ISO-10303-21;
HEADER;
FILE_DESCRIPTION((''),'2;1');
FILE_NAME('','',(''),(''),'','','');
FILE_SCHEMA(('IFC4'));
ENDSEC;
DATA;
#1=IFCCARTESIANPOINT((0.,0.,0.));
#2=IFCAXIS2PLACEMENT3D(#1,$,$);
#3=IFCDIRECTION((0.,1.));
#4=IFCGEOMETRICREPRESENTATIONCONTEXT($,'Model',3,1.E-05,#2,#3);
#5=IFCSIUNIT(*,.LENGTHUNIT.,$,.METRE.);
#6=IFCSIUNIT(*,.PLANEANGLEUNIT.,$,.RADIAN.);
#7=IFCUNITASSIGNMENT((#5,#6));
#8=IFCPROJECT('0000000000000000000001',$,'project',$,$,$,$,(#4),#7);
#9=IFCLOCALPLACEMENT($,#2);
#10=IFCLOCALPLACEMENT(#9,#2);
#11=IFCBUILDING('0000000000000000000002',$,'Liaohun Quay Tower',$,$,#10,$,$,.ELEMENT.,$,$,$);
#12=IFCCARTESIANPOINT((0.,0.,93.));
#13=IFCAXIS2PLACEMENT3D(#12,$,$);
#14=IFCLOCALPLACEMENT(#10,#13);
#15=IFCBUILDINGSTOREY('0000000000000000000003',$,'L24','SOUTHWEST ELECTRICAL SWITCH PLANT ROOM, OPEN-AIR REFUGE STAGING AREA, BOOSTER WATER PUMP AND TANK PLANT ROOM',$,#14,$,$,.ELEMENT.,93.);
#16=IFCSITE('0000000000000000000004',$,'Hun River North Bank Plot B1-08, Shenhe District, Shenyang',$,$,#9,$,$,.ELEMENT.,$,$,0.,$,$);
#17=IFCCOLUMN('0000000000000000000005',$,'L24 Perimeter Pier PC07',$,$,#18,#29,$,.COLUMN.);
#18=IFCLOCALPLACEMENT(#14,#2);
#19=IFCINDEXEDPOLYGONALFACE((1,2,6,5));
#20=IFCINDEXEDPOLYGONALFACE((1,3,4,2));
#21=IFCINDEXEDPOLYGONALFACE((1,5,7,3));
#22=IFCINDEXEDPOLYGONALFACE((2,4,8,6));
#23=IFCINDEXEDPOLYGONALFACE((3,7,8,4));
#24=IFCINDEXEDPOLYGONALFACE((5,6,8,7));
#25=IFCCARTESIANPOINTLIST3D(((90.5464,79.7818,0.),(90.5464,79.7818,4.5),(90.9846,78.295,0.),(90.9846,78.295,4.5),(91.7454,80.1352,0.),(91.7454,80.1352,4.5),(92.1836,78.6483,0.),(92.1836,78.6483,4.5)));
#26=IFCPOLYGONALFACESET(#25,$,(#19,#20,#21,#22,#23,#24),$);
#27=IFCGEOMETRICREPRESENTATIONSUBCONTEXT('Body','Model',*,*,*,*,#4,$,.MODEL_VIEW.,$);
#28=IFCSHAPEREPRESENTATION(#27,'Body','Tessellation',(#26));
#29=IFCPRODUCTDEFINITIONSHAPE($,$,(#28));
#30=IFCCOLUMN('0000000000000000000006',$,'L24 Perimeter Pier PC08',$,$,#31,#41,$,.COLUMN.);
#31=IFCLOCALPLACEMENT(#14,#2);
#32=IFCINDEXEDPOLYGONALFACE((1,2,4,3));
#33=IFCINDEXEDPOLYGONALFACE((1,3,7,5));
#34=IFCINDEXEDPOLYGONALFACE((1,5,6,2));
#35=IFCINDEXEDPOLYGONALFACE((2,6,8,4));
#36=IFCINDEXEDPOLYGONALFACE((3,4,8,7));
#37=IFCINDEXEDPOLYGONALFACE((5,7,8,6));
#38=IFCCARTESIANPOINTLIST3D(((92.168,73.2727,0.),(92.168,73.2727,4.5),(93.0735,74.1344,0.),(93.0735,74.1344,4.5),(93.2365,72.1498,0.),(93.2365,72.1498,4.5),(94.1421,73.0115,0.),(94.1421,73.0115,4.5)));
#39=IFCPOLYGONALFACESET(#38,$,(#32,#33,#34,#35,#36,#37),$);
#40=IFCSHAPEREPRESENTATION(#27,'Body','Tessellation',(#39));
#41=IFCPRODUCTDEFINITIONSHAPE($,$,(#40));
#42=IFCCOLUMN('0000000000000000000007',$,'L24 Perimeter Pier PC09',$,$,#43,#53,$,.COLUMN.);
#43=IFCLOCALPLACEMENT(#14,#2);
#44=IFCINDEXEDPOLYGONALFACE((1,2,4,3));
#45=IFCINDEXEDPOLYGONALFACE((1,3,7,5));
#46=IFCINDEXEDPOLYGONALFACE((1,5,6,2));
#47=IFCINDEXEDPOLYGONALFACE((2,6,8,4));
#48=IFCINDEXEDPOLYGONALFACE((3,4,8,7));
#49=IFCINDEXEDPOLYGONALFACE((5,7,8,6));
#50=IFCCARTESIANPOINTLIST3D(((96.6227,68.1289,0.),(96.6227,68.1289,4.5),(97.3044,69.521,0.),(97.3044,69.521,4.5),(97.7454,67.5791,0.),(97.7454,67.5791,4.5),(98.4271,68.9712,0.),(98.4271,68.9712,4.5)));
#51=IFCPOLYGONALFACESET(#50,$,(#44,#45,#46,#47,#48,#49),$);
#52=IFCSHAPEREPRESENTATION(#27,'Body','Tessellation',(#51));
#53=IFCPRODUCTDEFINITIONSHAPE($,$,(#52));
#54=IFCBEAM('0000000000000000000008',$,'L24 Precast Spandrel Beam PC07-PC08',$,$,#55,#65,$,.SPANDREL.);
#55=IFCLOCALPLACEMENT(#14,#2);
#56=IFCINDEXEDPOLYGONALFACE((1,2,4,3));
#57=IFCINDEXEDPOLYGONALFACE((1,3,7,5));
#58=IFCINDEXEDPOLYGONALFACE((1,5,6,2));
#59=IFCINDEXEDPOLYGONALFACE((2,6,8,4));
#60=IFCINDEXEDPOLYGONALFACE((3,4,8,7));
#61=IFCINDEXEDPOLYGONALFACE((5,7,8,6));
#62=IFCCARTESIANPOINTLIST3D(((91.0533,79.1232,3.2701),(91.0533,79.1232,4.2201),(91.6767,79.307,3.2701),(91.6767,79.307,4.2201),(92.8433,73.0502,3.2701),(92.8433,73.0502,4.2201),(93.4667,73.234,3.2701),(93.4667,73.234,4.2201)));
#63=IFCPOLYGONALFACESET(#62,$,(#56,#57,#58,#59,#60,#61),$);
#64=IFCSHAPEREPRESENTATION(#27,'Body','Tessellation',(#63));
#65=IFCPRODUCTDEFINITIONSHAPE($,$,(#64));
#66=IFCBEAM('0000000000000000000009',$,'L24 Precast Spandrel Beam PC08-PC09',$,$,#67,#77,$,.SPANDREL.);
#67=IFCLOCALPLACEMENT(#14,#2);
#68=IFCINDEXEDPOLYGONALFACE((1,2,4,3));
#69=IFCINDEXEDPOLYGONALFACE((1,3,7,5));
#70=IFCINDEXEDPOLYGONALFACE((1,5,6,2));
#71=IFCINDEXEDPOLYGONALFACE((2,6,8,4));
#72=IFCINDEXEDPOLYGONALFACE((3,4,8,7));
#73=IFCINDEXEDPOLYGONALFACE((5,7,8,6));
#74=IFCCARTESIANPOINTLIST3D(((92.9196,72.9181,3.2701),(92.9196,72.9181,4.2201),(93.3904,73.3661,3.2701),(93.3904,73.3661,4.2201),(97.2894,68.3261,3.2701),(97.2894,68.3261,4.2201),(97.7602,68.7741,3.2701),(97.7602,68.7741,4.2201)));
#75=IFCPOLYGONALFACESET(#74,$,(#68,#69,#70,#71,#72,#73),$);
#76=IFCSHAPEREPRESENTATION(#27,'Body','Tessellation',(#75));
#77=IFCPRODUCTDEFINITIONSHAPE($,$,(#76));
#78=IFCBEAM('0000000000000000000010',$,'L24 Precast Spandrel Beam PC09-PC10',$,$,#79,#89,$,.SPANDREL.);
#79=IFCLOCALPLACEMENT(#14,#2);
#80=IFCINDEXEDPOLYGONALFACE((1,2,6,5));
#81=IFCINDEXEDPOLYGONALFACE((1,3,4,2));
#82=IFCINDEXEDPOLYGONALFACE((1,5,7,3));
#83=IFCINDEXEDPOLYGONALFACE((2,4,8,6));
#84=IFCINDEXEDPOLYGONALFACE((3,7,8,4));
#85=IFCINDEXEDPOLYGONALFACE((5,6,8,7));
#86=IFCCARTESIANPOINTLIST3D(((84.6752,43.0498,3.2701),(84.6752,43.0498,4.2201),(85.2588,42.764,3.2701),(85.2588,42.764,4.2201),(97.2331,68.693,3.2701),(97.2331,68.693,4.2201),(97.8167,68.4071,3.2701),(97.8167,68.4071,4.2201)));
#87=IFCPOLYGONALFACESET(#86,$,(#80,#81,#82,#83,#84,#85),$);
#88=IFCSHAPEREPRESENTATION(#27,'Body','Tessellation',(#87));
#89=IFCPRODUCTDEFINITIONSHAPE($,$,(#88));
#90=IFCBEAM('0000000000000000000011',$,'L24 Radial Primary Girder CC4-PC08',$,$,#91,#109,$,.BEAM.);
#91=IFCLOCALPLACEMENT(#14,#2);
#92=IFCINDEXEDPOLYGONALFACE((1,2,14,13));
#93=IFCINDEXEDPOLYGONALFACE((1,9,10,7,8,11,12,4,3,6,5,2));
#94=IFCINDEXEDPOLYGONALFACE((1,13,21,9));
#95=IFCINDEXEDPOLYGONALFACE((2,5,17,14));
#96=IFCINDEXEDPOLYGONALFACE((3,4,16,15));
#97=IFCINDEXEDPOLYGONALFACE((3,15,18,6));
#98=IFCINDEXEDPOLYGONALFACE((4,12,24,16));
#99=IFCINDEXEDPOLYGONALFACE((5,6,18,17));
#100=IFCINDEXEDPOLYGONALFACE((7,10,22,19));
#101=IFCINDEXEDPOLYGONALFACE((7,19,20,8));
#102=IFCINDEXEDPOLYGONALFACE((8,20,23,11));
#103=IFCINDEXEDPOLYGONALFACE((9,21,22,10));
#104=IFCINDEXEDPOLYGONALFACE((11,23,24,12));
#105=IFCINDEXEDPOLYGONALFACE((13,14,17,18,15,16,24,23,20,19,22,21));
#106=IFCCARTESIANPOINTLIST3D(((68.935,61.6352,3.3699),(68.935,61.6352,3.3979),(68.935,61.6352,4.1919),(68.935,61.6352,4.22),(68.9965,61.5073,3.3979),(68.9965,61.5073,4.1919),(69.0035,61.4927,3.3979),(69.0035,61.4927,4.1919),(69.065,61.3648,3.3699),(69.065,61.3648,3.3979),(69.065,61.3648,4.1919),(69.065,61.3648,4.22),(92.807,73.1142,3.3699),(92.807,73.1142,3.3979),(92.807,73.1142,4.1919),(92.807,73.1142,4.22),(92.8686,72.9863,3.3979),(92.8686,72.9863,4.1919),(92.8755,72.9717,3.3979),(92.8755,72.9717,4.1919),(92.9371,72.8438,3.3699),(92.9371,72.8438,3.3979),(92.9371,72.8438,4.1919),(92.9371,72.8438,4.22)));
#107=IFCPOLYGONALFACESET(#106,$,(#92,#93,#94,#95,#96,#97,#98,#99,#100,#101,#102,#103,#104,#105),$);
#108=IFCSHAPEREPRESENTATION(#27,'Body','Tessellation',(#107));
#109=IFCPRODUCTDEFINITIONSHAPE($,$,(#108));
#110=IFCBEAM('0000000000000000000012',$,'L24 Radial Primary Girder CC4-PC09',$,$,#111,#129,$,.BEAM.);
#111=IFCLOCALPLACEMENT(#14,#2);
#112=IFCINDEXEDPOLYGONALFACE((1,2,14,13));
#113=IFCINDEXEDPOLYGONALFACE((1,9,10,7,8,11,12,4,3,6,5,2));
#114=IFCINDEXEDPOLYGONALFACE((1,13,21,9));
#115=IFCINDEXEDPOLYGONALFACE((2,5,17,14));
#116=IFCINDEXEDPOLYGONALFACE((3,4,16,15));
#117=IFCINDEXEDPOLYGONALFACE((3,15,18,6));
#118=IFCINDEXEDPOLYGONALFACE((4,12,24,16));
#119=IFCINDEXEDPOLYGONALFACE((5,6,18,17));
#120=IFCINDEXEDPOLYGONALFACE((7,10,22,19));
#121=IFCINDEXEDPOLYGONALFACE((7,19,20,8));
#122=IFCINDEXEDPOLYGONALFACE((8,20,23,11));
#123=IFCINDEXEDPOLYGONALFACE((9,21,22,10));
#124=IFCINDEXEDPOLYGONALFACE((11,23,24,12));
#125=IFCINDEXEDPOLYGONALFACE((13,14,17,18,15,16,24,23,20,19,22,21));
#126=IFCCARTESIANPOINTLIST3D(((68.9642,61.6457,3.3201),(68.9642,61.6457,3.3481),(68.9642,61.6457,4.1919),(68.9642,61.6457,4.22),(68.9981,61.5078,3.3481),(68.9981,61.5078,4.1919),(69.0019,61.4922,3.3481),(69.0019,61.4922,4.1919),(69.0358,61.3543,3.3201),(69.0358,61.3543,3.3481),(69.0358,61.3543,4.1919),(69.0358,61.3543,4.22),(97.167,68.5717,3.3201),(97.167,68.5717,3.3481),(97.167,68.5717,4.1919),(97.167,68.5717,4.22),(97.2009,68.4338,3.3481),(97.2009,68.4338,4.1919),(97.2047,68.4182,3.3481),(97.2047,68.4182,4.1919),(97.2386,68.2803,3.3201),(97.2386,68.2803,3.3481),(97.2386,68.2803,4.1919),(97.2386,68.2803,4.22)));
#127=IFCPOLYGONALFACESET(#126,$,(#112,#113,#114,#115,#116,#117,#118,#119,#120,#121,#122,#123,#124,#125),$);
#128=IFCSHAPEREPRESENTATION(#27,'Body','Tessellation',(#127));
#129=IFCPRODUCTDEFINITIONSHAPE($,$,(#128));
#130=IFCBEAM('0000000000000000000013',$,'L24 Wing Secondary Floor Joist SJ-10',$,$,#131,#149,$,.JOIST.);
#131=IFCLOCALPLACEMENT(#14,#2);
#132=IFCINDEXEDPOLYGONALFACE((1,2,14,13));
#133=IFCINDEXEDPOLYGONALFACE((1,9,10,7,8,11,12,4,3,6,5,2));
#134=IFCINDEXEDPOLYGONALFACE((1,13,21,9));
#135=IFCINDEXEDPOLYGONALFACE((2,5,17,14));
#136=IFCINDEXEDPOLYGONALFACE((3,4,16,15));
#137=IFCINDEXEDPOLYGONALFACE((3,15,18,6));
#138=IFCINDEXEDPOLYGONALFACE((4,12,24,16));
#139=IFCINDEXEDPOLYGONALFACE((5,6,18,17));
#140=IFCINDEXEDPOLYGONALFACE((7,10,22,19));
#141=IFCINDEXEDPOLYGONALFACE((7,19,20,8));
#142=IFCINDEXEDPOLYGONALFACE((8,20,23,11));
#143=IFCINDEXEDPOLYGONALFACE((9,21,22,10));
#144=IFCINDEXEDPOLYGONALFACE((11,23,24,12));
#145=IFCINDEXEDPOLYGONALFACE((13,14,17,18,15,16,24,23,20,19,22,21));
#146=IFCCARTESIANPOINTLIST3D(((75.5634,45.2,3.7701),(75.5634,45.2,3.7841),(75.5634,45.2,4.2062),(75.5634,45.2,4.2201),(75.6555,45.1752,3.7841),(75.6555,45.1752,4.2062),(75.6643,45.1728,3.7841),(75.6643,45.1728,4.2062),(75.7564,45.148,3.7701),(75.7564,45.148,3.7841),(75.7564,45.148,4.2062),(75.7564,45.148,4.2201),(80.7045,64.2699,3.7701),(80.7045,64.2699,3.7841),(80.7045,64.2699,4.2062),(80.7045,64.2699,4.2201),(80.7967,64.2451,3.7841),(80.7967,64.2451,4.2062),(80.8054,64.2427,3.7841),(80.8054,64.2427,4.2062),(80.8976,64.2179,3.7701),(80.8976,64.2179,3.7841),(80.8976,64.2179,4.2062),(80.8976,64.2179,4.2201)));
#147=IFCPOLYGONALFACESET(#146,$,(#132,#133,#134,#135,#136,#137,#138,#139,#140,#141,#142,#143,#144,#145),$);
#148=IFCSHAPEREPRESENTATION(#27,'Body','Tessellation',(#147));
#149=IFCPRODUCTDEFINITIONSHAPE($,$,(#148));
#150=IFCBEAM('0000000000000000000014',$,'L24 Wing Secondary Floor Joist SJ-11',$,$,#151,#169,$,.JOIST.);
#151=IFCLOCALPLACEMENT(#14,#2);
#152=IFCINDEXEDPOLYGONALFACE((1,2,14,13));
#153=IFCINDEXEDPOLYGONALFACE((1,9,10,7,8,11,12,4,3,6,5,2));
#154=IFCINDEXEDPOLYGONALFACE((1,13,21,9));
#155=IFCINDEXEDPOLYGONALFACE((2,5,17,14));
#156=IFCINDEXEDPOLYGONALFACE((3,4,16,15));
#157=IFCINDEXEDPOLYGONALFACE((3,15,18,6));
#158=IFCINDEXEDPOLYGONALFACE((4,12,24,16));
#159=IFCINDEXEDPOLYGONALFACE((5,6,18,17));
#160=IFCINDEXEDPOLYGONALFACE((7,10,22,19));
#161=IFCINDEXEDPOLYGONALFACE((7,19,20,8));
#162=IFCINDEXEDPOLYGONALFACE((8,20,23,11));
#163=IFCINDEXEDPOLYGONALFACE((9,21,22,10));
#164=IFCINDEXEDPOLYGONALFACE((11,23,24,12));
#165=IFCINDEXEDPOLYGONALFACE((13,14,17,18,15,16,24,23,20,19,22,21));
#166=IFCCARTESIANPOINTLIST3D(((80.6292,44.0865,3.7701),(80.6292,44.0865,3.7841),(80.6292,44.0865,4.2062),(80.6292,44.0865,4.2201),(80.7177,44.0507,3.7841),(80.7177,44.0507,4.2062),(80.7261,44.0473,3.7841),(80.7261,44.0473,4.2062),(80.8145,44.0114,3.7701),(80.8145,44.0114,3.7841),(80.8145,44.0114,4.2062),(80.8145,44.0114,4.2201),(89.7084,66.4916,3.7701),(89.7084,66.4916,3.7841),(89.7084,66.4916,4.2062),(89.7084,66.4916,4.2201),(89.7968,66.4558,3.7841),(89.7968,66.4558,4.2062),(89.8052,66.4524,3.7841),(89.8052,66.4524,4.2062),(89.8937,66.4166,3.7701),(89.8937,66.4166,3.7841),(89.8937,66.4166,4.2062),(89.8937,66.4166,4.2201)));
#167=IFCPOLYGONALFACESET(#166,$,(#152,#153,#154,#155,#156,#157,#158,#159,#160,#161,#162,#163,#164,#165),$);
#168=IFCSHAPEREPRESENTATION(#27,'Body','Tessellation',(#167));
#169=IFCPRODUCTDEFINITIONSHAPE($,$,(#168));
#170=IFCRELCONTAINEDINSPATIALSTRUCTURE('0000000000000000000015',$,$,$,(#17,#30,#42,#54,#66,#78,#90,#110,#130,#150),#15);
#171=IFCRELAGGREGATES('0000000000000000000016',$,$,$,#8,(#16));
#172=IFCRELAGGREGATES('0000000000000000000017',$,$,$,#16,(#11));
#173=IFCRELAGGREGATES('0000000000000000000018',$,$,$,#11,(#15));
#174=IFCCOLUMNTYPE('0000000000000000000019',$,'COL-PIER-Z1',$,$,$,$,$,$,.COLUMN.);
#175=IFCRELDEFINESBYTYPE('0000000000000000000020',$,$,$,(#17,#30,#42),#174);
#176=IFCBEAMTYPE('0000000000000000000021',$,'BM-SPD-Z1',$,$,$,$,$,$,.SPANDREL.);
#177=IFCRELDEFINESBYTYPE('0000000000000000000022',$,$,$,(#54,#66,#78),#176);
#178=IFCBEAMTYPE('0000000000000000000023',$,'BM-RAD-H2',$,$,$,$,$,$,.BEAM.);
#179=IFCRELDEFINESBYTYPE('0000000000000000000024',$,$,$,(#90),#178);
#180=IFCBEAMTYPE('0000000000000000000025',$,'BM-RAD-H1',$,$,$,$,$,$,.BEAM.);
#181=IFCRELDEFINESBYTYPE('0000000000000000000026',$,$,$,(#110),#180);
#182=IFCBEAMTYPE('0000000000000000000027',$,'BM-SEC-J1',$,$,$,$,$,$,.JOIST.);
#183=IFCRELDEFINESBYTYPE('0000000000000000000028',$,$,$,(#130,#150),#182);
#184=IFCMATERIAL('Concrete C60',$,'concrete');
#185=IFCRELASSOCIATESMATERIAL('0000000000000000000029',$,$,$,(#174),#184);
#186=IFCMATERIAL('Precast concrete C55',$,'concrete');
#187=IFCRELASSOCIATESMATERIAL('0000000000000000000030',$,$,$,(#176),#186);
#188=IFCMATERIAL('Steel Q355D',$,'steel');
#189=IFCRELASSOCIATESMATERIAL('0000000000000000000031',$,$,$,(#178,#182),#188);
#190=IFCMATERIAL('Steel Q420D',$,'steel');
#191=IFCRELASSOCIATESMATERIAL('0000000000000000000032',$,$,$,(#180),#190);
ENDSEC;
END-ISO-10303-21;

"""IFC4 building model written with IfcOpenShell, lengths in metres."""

from ifc_helpers import new_model, si_unit, direction, frame, origin, origin_2d, place, context, subcontext, project, spatial, rectangle, i_section, extrude, source, transform, mapped, material, material_profile, profile_set, type_object, element, save


model = new_model("IFC4")

# Units and contexts
model_context = context("Model", 3, precision=1e-05, world=origin(), true_north=direction((0.0, 1.0)))
body_context = subcontext(model_context, "Body", "Model", "MODEL_VIEW")
ifc_project = project(units=[si_unit("LENGTHUNIT", "METRE"), si_unit("PLANEANGLEUNIT", "RADIAN")], contexts=[model_context])

# Site, building, storey
site_placement = place(None, origin())
site = spatial("IfcSite", under=ifc_project, at=site_placement, Name="Hun River North Bank Plot B1-08, Shenhe District, Shenyang", CompositionType="ELEMENT", RefElevation=0.0)
building_placement = place(site_placement, origin())
building = spatial("IfcBuilding", under=site, at=building_placement, Name="Liaohun Quay Tower", CompositionType="ELEMENT")
storey_placement = place(building_placement, frame((0.0, 0.0, 93.0)))
storey = spatial("IfcBuildingStorey", under=building, at=storey_placement, Name="L24", Description="SOUTHWEST ELECTRICAL SWITCH PLANT ROOM, OPEN-AIR REFUGE STAGING AREA, BOOSTER WATER PUMP AND TANK PLANT ROOM", CompositionType="ELEMENT", Elevation=93.0)

# Columns
ifc_material_1 = material(Name="Concrete C60", Category="concrete")
ifc_material_profile_1 = material_profile(ifc_material_1, rectangle(XDim=1.55, YDim=1.25, at=origin_2d()), Name="RC1550x1250")
ifc_profile_set_1 = profile_set([ifc_material_profile_1], Name="Concrete C60")
column_type = type_object("IfcColumnType", Name="COL-PIER-Z1", PredefinedType="COLUMN", material=ifc_profile_set_1)
shared_shape_1 = source(origin(), body_context, "Body", "SweptSolid", [
    extrude(rectangle(XDim=1.55, YDim=1.25, at=origin_2d()), origin(), (0.0, 0.0, 1.0), 4.5),
])
for number, where, z_axis, x_axis, name in (
    (1, (91.365, 79.2151, 0.0), (0.0, 0.0, 1.0), (-0.282676, 0.959215, 0.0), "L24 Perimeter Pier PC07"),
    (2, (93.155, 73.1421, 0.0), (0.0, 0.0, 1.0), (-0.689367, 0.724413, 0.0), "L24 Perimeter Pier PC08"),
    (3, (97.5249, 68.55, 0.0), (0.0, 0.0, 1.0), (0.439782, 0.898104, 0.0), "L24 Perimeter Pier PC09"),
):
    element("IfcColumn", number, at=place(storey_placement, frame(where, z_axis=z_axis, x_axis=x_axis)), inside=storey, type_object=column_type, Name=name, PredefinedType="COLUMN", context=body_context, shape_type="MappedRepresentation", body=[
        mapped(shared_shape_1, transform((0.0, 0.0, 0.0), x_axis=(1.0, 0.0, 0.0), y_axis=(0.0, 1.0, 0.0), z_axis=(0.0, 0.0, 1.0), scale=1.0)),
    ])

# Beams
ifc_material_2 = material(Name="Precast concrete C55", Category="concrete")
ifc_material_profile_2 = material_profile(ifc_material_2, rectangle(XDim=0.6499, YDim=0.95, at=origin_2d()), Name="RC650x950")
ifc_profile_set_2 = profile_set([ifc_material_profile_2], Name="Precast concrete C55")
beam_type_1 = type_object("IfcBeamType", Name="BM-SPD-Z1", PredefinedType="SPANDREL", material=ifc_profile_set_2)
shared_shape_2 = source(origin(), body_context, "Body", "SweptSolid", [
    extrude(rectangle(XDim=0.6499, YDim=0.95, at=origin_2d()), origin(), (0.0, 0.0, 1.0), 6.3313),
])
beam_1_placement = place(storey_placement, frame((91.365, 79.2151, 3.7451), z_axis=(0.282728, -0.9592, 0.0), x_axis=(0.9592, 0.282728, 0.0)))
element("IfcBeam", 4, at=beam_1_placement, inside=storey, type_object=beam_type_1, Name="L24 Precast Spandrel Beam PC07-PC08", PredefinedType="SPANDREL", context=body_context, shape_type="MappedRepresentation", body=[
    mapped(shared_shape_2, transform((0.0, 0.0, 0.0), x_axis=(1.0, 0.0, 0.0), y_axis=(0.0, 1.0, 0.0), z_axis=(0.0, 0.0, 1.0), scale=1.0)),
])
shared_shape_3 = source(origin(), body_context, "Body", "SweptSolid", [
    extrude(rectangle(XDim=0.6499, YDim=0.95, at=origin_2d()), origin(), (0.0, 0.0, 1.0), 6.3389),
])
beam_2_placement = place(storey_placement, frame((93.155, 73.1421, 3.7451), z_axis=(0.689366, -0.724414, 0.0), x_axis=(0.724414, 0.689366, 0.0)))
element("IfcBeam", 5, at=beam_2_placement, inside=storey, type_object=beam_type_1, Name="L24 Precast Spandrel Beam PC08-PC09", PredefinedType="SPANDREL", context=body_context, shape_type="MappedRepresentation", body=[
    mapped(shared_shape_3, transform((0.0, 0.0, 0.0), x_axis=(1.0, 0.0, 0.0), y_axis=(0.0, 1.0, 0.0), z_axis=(0.0, 0.0, 1.0), scale=1.0)),
])
shared_shape_4 = source(origin(), body_context, "Body", "SweptSolid", [
    extrude(rectangle(XDim=0.6499, YDim=0.95, at=origin_2d()), origin(), (0.0, 0.0, 1.0), 28.553),
])
beam_3_placement = place(storey_placement, frame((97.5249, 68.55, 3.7451), z_axis=(-0.439811, -0.89809, 0.0), x_axis=(0.89809, -0.439811, 0.0)))
element("IfcBeam", 6, at=beam_3_placement, inside=storey, type_object=beam_type_1, Name="L24 Precast Spandrel Beam PC09-PC10", PredefinedType="SPANDREL", context=body_context, shape_type="MappedRepresentation", body=[
    mapped(shared_shape_4, transform((0.0, 0.0, 0.0), x_axis=(1.0, 0.0, 0.0), y_axis=(0.0, 1.0, 0.0), z_axis=(0.0, 0.0, 1.0), scale=1.0)),
])
ifc_material_3 = material(Name="Steel Q355D", Category="steel")
ifc_material_profile_3 = material_profile(ifc_material_3, i_section(OverallWidth=0.3, OverallDepth=0.8501, WebThickness=0.0161, FlangeThickness=0.0281, at=origin_2d()), Name="HN850x300x16x28")
ifc_profile_set_3 = profile_set([ifc_material_profile_3], Name="Steel Q355D")
beam_type_2 = type_object("IfcBeamType", Name="BM-RAD-H2", PredefinedType="BEAM", material=ifc_profile_set_3)
shared_shape_5 = source(origin(), body_context, "Body", "SweptSolid", [
    extrude(i_section(OverallWidth=0.3, OverallDepth=0.8501, WebThickness=0.0161, FlangeThickness=0.0281, at=origin_2d()), origin(), (0.0, 0.0, 1.0), 26.4885),
])
beam_4_placement = place(storey_placement, frame((69.0, 61.5, 3.7949), z_axis=(0.901222, 0.433357, 0.0), x_axis=(-0.433357, 0.901222, 0.0)))
element("IfcBeam", 7, at=beam_4_placement, inside=storey, type_object=beam_type_2, Name="L24 Radial Primary Girder CC4-PC08", PredefinedType="BEAM", context=body_context, shape_type="MappedRepresentation", body=[
    mapped(shared_shape_5, transform((0.0, 0.0, 0.0), x_axis=(1.0, 0.0, 0.0), y_axis=(0.0, 1.0, 0.0), z_axis=(0.0, 0.0, 1.0), scale=1.0)),
])
ifc_material_4 = material(Name="Steel Q420D", Category="steel")
ifc_material_profile_4 = material_profile(ifc_material_4, i_section(OverallWidth=0.3, OverallDepth=0.8999, WebThickness=0.0161, FlangeThickness=0.0281, at=origin_2d()), Name="HN900x300x16x28")
ifc_profile_set_4 = profile_set([ifc_material_profile_4], Name="Steel Q420D")
beam_type_3 = type_object("IfcBeamType", Name="BM-RAD-H1", PredefinedType="BEAM", material=ifc_profile_set_4)
shared_shape_6 = source(origin(), body_context, "Body", "SweptSolid", [
    extrude(i_section(OverallWidth=0.3, OverallDepth=0.8999, WebThickness=0.0161, FlangeThickness=0.0281, at=origin_2d()), origin(), (0.0, 0.0, 1.0), 29.0408),
])
beam_5_placement = place(storey_placement, frame((69.0, 61.5, 3.77), z_axis=(0.971144, 0.238492, 0.0), x_axis=(-0.238492, 0.971144, 0.0)))
element("IfcBeam", 8, at=beam_5_placement, inside=storey, type_object=beam_type_3, Name="L24 Radial Primary Girder CC4-PC09", PredefinedType="BEAM", context=body_context, shape_type="MappedRepresentation", body=[
    mapped(shared_shape_6, transform((0.0, 0.0, 0.0), x_axis=(1.0, 0.0, 0.0), y_axis=(0.0, 1.0, 0.0), z_axis=(0.0, 0.0, 1.0), scale=1.0)),
])
ifc_material_profile_5 = material_profile(ifc_material_3, i_section(OverallWidth=0.2, OverallDepth=0.45, WebThickness=0.009, FlangeThickness=0.0139, at=origin_2d()), Name="HN450x200x9x14")
ifc_profile_set_5 = profile_set([ifc_material_profile_5], Name="Steel Q355D")
beam_type_4 = type_object("IfcBeamType", Name="BM-SEC-J1", PredefinedType="JOIST", material=ifc_profile_set_5)
shared_shape_7 = source(origin(), body_context, "Body", "SweptSolid", [
    extrude(i_section(OverallWidth=0.2, OverallDepth=0.45, WebThickness=0.009, FlangeThickness=0.0139, at=origin_2d()), origin(), (0.0, 0.0, 1.0), 19.7507),
])
beam_6_placement = place(storey_placement, frame((80.801, 64.2439, 3.9951), z_axis=(-0.260301, -0.965528, 0.0), x_axis=(0.965528, -0.260301, 0.0)))
element("IfcBeam", 9, at=beam_6_placement, inside=storey, type_object=beam_type_4, Name="L24 Wing Secondary Floor Joist SJ-10", PredefinedType="JOIST", context=body_context, shape_type="MappedRepresentation", body=[
    mapped(shared_shape_7, transform((0.0, 0.0, 0.0), x_axis=(1.0, 0.0, 0.0), y_axis=(0.0, 1.0, 0.0), z_axis=(0.0, 0.0, 1.0), scale=1.0)),
])
shared_shape_8 = source(origin(), body_context, "Body", "SweptSolid", [
    extrude(i_section(OverallWidth=0.2, OverallDepth=0.45, WebThickness=0.009, FlangeThickness=0.0139, at=origin_2d()), origin(), (0.0, 0.0, 1.0), 24.1748),
])
beam_7_placement = place(storey_placement, frame((89.801, 66.4541, 3.9951), z_axis=(-0.375562, -0.926797, 0.0), x_axis=(0.926797, -0.375562, 0.0)))
element("IfcBeam", 10, at=beam_7_placement, inside=storey, type_object=beam_type_4, Name="L24 Wing Secondary Floor Joist SJ-11", PredefinedType="JOIST", context=body_context, shape_type="MappedRepresentation", body=[
    mapped(shared_shape_8, transform((0.0, 0.0, 0.0), x_axis=(1.0, 0.0, 0.0), y_axis=(0.0, 1.0, 0.0), z_axis=(0.0, 0.0, 1.0), scale=1.0)),
])

save(model, "model.ifc")
